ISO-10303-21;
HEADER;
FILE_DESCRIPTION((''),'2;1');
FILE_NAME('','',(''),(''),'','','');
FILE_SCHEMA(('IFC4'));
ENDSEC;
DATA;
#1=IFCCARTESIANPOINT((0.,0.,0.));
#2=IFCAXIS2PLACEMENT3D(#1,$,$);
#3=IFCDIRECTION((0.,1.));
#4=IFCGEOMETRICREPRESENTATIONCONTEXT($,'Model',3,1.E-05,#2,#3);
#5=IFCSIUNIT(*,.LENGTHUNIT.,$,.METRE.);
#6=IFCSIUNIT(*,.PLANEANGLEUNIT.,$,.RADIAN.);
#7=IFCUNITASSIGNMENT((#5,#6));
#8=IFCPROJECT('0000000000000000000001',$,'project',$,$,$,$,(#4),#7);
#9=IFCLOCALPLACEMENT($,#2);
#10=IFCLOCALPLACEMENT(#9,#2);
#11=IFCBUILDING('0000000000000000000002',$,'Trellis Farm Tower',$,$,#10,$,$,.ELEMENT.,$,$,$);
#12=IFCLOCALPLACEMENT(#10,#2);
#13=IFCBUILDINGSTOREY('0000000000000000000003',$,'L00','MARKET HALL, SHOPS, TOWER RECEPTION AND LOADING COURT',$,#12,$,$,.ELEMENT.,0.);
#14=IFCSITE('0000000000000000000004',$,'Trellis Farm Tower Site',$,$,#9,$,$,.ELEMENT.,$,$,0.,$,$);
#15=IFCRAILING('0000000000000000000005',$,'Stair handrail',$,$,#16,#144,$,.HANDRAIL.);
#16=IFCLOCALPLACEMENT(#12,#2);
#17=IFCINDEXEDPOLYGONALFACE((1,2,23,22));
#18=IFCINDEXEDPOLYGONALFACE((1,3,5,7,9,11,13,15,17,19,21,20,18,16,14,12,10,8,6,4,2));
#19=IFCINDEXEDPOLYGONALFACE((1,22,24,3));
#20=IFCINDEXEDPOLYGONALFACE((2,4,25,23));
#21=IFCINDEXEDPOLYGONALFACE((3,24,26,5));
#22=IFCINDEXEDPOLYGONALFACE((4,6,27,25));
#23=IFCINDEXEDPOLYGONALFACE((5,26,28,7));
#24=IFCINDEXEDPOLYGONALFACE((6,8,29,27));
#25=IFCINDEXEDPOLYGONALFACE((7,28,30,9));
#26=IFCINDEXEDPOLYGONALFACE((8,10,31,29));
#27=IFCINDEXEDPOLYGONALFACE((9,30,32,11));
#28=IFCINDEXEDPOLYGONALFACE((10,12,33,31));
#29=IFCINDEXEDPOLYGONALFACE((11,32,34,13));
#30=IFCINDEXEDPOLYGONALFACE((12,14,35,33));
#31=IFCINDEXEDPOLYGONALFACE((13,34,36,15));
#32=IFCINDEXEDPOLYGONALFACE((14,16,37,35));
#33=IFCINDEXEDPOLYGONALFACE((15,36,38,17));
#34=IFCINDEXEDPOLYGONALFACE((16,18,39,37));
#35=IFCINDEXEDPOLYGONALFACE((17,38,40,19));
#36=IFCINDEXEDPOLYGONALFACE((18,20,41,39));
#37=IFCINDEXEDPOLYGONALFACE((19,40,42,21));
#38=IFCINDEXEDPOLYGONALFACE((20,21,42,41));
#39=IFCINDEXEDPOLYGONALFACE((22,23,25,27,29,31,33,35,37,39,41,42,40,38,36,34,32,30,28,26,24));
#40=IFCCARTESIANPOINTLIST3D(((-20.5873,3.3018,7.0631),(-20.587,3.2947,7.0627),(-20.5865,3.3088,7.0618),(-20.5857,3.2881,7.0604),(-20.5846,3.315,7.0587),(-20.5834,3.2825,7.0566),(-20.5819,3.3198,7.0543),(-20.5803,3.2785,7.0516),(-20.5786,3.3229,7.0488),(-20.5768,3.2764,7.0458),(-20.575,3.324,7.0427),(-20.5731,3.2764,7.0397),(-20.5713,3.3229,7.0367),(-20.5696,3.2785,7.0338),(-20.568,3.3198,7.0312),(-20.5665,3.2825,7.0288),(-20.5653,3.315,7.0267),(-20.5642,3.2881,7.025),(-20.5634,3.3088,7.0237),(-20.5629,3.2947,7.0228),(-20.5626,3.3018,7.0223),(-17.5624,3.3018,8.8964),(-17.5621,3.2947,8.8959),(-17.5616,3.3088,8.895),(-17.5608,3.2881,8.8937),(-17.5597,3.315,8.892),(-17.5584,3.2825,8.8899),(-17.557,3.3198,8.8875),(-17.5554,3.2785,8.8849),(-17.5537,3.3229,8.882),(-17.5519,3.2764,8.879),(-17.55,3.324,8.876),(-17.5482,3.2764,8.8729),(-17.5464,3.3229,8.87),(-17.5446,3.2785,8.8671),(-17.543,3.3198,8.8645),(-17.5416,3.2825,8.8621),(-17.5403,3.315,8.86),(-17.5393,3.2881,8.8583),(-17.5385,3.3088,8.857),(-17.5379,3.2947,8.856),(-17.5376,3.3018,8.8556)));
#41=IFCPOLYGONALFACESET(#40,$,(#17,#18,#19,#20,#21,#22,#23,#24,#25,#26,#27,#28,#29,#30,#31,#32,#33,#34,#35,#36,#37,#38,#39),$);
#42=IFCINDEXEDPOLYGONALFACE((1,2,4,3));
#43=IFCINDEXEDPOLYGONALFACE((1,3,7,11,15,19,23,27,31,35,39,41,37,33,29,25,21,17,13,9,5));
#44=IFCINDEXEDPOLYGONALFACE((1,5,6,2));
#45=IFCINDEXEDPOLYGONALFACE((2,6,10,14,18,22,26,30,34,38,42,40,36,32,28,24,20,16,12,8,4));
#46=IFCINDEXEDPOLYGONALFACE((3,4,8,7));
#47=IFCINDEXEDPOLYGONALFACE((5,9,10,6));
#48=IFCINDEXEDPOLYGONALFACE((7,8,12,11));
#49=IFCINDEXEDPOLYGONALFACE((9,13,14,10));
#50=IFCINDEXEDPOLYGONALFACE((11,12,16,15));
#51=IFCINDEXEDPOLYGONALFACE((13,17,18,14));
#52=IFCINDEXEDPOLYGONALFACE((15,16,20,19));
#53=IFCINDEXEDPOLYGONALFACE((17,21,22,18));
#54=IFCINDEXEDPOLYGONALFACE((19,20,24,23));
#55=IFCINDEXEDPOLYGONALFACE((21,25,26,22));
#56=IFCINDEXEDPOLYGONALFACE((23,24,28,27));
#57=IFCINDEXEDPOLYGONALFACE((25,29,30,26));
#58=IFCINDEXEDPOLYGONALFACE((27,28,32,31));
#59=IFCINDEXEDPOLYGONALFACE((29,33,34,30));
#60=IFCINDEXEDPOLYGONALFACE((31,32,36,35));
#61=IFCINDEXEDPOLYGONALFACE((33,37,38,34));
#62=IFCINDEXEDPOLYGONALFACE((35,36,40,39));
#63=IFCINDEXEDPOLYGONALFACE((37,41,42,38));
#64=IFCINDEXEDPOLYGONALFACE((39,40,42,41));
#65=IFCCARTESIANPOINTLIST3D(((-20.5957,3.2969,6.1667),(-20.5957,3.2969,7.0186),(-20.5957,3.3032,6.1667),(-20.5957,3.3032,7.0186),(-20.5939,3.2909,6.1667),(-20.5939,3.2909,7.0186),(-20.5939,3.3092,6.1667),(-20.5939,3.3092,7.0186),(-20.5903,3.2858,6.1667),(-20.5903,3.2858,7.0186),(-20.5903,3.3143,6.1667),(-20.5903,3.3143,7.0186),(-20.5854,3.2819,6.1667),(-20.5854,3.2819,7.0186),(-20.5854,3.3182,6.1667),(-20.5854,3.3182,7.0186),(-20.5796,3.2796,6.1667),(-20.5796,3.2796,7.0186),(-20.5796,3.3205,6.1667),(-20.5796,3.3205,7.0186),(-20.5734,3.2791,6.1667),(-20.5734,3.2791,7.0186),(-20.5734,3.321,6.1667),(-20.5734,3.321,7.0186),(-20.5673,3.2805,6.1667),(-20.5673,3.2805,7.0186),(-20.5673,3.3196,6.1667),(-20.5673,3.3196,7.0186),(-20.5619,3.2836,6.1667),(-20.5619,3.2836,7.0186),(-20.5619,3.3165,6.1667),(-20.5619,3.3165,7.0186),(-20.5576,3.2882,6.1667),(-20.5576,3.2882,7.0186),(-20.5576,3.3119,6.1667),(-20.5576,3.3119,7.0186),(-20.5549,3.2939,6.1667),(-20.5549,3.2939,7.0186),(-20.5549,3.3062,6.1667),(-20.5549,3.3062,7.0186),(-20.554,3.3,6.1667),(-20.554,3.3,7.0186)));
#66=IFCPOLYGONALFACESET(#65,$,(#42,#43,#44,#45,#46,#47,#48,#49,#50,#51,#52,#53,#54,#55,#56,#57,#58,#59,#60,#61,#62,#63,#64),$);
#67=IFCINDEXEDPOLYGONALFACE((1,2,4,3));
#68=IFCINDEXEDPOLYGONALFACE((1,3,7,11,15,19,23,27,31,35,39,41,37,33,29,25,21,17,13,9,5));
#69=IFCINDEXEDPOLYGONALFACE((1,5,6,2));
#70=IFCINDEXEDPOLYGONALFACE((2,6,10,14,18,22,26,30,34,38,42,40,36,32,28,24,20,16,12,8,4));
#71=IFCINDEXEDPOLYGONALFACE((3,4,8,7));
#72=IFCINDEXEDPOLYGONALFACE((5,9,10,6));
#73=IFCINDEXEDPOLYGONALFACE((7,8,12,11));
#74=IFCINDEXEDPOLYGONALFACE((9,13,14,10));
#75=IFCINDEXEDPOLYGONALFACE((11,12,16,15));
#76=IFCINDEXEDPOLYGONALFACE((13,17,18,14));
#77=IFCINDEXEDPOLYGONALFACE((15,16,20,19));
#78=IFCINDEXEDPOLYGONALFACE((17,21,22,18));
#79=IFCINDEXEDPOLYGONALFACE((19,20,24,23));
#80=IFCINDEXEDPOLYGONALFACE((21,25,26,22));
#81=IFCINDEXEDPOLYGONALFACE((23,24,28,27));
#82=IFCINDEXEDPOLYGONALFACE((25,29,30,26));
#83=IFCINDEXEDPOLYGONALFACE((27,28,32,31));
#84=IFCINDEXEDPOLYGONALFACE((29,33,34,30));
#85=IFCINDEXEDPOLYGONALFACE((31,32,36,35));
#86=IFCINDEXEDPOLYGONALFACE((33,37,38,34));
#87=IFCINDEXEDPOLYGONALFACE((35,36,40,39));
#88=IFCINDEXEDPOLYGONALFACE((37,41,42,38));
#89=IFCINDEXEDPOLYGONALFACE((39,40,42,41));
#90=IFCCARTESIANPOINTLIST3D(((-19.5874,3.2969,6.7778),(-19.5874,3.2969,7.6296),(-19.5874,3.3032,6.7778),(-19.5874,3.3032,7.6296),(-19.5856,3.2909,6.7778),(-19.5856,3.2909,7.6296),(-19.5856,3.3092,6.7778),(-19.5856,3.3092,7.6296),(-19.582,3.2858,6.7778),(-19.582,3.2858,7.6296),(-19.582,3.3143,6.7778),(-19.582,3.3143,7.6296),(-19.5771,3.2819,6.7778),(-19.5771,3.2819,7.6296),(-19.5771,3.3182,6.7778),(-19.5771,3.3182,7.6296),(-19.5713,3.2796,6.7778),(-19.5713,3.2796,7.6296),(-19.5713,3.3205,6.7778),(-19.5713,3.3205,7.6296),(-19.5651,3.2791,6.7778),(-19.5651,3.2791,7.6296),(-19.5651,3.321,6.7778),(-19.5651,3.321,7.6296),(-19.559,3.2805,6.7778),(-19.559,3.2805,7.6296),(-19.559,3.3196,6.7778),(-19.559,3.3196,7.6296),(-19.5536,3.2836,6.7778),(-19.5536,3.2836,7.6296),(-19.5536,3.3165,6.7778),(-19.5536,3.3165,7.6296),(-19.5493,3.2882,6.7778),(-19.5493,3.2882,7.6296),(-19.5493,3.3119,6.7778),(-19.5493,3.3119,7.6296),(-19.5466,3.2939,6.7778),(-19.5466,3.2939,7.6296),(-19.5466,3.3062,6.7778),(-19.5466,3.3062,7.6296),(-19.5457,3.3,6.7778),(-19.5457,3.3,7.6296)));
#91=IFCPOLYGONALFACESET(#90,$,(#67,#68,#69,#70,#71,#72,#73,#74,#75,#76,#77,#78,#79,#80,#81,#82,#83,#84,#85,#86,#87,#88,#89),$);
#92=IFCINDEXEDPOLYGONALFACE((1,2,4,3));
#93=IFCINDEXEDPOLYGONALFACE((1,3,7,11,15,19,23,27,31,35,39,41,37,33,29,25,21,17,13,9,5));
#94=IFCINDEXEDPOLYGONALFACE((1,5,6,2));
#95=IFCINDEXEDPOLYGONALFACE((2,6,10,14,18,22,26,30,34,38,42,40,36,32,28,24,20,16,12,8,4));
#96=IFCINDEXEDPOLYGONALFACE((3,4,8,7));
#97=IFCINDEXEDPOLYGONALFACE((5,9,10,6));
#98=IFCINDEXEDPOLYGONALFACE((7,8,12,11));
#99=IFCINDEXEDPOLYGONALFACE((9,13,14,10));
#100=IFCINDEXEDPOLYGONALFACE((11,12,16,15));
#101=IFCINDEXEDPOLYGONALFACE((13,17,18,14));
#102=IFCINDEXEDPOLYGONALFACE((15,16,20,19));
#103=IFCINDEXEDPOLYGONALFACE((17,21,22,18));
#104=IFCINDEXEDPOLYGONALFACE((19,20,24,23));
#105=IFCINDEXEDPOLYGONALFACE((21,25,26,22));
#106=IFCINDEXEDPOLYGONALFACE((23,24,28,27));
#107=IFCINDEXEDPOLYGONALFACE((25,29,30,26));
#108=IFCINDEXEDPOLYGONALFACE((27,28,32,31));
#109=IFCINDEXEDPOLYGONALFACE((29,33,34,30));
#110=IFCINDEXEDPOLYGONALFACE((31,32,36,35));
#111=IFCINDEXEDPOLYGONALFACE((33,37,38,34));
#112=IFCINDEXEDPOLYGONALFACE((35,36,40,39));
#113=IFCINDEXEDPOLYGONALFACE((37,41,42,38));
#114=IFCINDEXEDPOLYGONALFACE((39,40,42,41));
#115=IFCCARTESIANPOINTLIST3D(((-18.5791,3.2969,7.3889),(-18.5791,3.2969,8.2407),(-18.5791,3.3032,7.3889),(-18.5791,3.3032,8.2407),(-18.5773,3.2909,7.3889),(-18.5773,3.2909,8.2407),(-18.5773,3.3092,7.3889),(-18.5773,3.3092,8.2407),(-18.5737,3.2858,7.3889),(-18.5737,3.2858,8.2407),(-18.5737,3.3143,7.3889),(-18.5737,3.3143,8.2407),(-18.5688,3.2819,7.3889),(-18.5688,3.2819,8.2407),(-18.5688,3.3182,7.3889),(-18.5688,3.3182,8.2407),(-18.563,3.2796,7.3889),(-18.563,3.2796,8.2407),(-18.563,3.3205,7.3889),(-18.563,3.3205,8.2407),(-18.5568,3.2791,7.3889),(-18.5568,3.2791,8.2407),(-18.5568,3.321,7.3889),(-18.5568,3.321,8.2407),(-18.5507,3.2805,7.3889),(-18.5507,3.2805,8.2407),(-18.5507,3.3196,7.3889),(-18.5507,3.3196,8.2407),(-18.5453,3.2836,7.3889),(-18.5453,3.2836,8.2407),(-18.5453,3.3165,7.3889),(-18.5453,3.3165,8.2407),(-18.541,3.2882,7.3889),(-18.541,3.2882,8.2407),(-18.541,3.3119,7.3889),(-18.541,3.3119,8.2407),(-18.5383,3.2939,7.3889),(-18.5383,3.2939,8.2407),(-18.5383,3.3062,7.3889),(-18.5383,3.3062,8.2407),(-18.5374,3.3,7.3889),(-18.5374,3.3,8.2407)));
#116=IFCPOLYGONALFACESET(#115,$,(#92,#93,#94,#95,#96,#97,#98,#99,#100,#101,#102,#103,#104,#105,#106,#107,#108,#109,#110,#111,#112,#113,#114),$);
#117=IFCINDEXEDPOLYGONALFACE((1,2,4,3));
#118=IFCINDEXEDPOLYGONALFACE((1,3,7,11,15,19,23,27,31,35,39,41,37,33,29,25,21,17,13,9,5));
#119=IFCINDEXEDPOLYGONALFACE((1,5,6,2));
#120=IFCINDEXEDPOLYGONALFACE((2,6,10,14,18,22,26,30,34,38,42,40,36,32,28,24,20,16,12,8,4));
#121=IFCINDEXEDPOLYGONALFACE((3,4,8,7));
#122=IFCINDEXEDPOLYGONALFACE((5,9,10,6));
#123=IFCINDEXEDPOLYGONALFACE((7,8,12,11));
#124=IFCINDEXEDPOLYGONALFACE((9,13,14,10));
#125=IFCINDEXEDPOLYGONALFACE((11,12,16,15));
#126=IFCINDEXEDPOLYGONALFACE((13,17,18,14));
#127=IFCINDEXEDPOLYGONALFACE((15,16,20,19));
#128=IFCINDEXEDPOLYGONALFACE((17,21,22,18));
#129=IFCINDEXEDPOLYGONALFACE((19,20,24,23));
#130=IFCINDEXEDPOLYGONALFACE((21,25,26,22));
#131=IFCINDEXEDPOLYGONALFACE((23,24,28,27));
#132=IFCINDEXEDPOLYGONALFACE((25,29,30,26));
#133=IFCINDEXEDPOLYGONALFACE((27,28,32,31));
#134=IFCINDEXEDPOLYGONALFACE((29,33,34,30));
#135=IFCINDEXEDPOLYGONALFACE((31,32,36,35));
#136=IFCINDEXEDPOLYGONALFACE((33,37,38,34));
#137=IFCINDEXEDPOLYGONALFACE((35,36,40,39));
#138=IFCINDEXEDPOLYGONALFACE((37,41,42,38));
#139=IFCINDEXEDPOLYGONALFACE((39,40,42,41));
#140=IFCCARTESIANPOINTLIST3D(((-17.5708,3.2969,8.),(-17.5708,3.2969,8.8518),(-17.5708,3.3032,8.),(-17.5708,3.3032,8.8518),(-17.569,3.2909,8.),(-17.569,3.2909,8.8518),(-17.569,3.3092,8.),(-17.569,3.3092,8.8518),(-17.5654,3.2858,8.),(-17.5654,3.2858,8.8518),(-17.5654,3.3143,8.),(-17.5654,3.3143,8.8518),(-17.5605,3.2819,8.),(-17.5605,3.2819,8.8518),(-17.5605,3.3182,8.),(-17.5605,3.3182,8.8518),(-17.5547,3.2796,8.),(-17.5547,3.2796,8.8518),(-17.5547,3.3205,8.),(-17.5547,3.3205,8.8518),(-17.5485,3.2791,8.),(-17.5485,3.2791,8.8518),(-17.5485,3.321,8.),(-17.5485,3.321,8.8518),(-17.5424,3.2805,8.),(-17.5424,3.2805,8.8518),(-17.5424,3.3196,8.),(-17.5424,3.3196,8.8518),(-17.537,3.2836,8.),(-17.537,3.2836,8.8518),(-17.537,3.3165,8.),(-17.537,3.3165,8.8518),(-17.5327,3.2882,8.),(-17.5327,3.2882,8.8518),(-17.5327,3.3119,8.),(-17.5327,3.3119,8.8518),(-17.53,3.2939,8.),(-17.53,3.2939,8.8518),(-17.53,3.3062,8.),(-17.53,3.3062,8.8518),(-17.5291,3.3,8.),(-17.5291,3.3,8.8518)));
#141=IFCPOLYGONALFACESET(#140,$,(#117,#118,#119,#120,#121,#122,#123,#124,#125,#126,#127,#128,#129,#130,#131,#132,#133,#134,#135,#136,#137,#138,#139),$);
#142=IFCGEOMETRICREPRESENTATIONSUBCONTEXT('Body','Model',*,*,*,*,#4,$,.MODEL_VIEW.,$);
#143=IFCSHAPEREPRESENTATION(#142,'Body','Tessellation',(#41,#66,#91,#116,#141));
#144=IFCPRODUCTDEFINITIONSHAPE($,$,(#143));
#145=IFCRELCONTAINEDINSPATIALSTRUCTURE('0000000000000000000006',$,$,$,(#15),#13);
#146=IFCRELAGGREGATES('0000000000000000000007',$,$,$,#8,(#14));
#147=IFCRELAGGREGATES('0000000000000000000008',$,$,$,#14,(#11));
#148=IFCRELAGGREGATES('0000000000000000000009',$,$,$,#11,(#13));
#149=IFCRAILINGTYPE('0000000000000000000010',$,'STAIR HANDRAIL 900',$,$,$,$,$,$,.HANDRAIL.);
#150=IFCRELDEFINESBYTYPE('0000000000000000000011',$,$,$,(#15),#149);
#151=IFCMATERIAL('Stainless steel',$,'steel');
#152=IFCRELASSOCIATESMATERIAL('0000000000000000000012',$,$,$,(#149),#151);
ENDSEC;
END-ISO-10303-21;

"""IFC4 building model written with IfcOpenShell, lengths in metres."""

from ifc_helpers import new_model, si_unit, direction, frame, origin, origin_2d, place, context, subcontext, project, spatial, circle, extrude, source, transform, mapped, material, type_object, element, save


model = new_model("IFC4")

# Units and contexts
model_context = context("Model", 3, precision=1e-05, world=origin(), true_north=direction((0.0, 1.0)))
body_context = subcontext(model_context, "Body", "Model", "MODEL_VIEW")
ifc_project = project(units=[si_unit("LENGTHUNIT", "METRE"), si_unit("PLANEANGLEUNIT", "RADIAN")], contexts=[model_context])

# Site, building, storey
site_placement = place(None, origin())
site = spatial("IfcSite", under=ifc_project, at=site_placement, Name="Trellis Farm Tower Site", CompositionType="ELEMENT", RefElevation=0.0)
building_placement = place(site_placement, origin())
building = spatial("IfcBuilding", under=site, at=building_placement, Name="Trellis Farm Tower", CompositionType="ELEMENT")
storey_placement = place(building_placement, origin())
storey = spatial("IfcBuildingStorey", under=building, at=storey_placement, Name="L00", Description="MARKET HALL, SHOPS, TOWER RECEPTION AND LOADING COURT", CompositionType="ELEMENT", Elevation=0.0)

# Railing
ifc_material_1 = material(Name="Stainless steel", Category="steel")
railing_type = type_object("IfcRailingType", Name="STAIR HANDRAIL 900", PredefinedType="HANDRAIL", material=ifc_material_1)
shared_shape_1 = source(origin(), body_context, "Body", "SweptSolid", [
    extrude(circle(Radius=0.0239, at=origin_2d()), frame((0.0, 0.0, 0.876), z_axis=(0.855201, 0.0, 0.518297), x_axis=(0.0, 1.0, 0.0)), (0.0, 0.0, 1.0), 3.5371),
    extrude(circle(Radius=0.021, at=origin_2d()), origin(), (0.0, 0.0, 1.0), 0.8518),
    extrude(circle(Radius=0.021, at=origin_2d()), frame((1.0083, 0.0, 0.6111)), (0.0, 0.0, 1.0), 0.8518),
    extrude(circle(Radius=0.021, at=origin_2d()), frame((2.0166, 0.0, 1.2222)), (0.0, 0.0, 1.0), 0.8518),
    extrude(circle(Radius=0.021, at=origin_2d()), frame((3.0249, 0.0, 1.8333)), (0.0, 0.0, 1.0), 0.8518),
])
for number, where, name in (
    (1, (-20.575, 3.3, 6.1667), "Stair handrail"),
):
    element("IfcRailing", number, at=place(storey_placement, frame(where)), inside=storey, type_object=railing_type, Name=name, PredefinedType="HANDRAIL", context=body_context, shape_type="MappedRepresentation", body=[
        mapped(shared_shape_1, transform((0.0, 0.0, 0.0))),
    ])

save(model, "model.ifc")
